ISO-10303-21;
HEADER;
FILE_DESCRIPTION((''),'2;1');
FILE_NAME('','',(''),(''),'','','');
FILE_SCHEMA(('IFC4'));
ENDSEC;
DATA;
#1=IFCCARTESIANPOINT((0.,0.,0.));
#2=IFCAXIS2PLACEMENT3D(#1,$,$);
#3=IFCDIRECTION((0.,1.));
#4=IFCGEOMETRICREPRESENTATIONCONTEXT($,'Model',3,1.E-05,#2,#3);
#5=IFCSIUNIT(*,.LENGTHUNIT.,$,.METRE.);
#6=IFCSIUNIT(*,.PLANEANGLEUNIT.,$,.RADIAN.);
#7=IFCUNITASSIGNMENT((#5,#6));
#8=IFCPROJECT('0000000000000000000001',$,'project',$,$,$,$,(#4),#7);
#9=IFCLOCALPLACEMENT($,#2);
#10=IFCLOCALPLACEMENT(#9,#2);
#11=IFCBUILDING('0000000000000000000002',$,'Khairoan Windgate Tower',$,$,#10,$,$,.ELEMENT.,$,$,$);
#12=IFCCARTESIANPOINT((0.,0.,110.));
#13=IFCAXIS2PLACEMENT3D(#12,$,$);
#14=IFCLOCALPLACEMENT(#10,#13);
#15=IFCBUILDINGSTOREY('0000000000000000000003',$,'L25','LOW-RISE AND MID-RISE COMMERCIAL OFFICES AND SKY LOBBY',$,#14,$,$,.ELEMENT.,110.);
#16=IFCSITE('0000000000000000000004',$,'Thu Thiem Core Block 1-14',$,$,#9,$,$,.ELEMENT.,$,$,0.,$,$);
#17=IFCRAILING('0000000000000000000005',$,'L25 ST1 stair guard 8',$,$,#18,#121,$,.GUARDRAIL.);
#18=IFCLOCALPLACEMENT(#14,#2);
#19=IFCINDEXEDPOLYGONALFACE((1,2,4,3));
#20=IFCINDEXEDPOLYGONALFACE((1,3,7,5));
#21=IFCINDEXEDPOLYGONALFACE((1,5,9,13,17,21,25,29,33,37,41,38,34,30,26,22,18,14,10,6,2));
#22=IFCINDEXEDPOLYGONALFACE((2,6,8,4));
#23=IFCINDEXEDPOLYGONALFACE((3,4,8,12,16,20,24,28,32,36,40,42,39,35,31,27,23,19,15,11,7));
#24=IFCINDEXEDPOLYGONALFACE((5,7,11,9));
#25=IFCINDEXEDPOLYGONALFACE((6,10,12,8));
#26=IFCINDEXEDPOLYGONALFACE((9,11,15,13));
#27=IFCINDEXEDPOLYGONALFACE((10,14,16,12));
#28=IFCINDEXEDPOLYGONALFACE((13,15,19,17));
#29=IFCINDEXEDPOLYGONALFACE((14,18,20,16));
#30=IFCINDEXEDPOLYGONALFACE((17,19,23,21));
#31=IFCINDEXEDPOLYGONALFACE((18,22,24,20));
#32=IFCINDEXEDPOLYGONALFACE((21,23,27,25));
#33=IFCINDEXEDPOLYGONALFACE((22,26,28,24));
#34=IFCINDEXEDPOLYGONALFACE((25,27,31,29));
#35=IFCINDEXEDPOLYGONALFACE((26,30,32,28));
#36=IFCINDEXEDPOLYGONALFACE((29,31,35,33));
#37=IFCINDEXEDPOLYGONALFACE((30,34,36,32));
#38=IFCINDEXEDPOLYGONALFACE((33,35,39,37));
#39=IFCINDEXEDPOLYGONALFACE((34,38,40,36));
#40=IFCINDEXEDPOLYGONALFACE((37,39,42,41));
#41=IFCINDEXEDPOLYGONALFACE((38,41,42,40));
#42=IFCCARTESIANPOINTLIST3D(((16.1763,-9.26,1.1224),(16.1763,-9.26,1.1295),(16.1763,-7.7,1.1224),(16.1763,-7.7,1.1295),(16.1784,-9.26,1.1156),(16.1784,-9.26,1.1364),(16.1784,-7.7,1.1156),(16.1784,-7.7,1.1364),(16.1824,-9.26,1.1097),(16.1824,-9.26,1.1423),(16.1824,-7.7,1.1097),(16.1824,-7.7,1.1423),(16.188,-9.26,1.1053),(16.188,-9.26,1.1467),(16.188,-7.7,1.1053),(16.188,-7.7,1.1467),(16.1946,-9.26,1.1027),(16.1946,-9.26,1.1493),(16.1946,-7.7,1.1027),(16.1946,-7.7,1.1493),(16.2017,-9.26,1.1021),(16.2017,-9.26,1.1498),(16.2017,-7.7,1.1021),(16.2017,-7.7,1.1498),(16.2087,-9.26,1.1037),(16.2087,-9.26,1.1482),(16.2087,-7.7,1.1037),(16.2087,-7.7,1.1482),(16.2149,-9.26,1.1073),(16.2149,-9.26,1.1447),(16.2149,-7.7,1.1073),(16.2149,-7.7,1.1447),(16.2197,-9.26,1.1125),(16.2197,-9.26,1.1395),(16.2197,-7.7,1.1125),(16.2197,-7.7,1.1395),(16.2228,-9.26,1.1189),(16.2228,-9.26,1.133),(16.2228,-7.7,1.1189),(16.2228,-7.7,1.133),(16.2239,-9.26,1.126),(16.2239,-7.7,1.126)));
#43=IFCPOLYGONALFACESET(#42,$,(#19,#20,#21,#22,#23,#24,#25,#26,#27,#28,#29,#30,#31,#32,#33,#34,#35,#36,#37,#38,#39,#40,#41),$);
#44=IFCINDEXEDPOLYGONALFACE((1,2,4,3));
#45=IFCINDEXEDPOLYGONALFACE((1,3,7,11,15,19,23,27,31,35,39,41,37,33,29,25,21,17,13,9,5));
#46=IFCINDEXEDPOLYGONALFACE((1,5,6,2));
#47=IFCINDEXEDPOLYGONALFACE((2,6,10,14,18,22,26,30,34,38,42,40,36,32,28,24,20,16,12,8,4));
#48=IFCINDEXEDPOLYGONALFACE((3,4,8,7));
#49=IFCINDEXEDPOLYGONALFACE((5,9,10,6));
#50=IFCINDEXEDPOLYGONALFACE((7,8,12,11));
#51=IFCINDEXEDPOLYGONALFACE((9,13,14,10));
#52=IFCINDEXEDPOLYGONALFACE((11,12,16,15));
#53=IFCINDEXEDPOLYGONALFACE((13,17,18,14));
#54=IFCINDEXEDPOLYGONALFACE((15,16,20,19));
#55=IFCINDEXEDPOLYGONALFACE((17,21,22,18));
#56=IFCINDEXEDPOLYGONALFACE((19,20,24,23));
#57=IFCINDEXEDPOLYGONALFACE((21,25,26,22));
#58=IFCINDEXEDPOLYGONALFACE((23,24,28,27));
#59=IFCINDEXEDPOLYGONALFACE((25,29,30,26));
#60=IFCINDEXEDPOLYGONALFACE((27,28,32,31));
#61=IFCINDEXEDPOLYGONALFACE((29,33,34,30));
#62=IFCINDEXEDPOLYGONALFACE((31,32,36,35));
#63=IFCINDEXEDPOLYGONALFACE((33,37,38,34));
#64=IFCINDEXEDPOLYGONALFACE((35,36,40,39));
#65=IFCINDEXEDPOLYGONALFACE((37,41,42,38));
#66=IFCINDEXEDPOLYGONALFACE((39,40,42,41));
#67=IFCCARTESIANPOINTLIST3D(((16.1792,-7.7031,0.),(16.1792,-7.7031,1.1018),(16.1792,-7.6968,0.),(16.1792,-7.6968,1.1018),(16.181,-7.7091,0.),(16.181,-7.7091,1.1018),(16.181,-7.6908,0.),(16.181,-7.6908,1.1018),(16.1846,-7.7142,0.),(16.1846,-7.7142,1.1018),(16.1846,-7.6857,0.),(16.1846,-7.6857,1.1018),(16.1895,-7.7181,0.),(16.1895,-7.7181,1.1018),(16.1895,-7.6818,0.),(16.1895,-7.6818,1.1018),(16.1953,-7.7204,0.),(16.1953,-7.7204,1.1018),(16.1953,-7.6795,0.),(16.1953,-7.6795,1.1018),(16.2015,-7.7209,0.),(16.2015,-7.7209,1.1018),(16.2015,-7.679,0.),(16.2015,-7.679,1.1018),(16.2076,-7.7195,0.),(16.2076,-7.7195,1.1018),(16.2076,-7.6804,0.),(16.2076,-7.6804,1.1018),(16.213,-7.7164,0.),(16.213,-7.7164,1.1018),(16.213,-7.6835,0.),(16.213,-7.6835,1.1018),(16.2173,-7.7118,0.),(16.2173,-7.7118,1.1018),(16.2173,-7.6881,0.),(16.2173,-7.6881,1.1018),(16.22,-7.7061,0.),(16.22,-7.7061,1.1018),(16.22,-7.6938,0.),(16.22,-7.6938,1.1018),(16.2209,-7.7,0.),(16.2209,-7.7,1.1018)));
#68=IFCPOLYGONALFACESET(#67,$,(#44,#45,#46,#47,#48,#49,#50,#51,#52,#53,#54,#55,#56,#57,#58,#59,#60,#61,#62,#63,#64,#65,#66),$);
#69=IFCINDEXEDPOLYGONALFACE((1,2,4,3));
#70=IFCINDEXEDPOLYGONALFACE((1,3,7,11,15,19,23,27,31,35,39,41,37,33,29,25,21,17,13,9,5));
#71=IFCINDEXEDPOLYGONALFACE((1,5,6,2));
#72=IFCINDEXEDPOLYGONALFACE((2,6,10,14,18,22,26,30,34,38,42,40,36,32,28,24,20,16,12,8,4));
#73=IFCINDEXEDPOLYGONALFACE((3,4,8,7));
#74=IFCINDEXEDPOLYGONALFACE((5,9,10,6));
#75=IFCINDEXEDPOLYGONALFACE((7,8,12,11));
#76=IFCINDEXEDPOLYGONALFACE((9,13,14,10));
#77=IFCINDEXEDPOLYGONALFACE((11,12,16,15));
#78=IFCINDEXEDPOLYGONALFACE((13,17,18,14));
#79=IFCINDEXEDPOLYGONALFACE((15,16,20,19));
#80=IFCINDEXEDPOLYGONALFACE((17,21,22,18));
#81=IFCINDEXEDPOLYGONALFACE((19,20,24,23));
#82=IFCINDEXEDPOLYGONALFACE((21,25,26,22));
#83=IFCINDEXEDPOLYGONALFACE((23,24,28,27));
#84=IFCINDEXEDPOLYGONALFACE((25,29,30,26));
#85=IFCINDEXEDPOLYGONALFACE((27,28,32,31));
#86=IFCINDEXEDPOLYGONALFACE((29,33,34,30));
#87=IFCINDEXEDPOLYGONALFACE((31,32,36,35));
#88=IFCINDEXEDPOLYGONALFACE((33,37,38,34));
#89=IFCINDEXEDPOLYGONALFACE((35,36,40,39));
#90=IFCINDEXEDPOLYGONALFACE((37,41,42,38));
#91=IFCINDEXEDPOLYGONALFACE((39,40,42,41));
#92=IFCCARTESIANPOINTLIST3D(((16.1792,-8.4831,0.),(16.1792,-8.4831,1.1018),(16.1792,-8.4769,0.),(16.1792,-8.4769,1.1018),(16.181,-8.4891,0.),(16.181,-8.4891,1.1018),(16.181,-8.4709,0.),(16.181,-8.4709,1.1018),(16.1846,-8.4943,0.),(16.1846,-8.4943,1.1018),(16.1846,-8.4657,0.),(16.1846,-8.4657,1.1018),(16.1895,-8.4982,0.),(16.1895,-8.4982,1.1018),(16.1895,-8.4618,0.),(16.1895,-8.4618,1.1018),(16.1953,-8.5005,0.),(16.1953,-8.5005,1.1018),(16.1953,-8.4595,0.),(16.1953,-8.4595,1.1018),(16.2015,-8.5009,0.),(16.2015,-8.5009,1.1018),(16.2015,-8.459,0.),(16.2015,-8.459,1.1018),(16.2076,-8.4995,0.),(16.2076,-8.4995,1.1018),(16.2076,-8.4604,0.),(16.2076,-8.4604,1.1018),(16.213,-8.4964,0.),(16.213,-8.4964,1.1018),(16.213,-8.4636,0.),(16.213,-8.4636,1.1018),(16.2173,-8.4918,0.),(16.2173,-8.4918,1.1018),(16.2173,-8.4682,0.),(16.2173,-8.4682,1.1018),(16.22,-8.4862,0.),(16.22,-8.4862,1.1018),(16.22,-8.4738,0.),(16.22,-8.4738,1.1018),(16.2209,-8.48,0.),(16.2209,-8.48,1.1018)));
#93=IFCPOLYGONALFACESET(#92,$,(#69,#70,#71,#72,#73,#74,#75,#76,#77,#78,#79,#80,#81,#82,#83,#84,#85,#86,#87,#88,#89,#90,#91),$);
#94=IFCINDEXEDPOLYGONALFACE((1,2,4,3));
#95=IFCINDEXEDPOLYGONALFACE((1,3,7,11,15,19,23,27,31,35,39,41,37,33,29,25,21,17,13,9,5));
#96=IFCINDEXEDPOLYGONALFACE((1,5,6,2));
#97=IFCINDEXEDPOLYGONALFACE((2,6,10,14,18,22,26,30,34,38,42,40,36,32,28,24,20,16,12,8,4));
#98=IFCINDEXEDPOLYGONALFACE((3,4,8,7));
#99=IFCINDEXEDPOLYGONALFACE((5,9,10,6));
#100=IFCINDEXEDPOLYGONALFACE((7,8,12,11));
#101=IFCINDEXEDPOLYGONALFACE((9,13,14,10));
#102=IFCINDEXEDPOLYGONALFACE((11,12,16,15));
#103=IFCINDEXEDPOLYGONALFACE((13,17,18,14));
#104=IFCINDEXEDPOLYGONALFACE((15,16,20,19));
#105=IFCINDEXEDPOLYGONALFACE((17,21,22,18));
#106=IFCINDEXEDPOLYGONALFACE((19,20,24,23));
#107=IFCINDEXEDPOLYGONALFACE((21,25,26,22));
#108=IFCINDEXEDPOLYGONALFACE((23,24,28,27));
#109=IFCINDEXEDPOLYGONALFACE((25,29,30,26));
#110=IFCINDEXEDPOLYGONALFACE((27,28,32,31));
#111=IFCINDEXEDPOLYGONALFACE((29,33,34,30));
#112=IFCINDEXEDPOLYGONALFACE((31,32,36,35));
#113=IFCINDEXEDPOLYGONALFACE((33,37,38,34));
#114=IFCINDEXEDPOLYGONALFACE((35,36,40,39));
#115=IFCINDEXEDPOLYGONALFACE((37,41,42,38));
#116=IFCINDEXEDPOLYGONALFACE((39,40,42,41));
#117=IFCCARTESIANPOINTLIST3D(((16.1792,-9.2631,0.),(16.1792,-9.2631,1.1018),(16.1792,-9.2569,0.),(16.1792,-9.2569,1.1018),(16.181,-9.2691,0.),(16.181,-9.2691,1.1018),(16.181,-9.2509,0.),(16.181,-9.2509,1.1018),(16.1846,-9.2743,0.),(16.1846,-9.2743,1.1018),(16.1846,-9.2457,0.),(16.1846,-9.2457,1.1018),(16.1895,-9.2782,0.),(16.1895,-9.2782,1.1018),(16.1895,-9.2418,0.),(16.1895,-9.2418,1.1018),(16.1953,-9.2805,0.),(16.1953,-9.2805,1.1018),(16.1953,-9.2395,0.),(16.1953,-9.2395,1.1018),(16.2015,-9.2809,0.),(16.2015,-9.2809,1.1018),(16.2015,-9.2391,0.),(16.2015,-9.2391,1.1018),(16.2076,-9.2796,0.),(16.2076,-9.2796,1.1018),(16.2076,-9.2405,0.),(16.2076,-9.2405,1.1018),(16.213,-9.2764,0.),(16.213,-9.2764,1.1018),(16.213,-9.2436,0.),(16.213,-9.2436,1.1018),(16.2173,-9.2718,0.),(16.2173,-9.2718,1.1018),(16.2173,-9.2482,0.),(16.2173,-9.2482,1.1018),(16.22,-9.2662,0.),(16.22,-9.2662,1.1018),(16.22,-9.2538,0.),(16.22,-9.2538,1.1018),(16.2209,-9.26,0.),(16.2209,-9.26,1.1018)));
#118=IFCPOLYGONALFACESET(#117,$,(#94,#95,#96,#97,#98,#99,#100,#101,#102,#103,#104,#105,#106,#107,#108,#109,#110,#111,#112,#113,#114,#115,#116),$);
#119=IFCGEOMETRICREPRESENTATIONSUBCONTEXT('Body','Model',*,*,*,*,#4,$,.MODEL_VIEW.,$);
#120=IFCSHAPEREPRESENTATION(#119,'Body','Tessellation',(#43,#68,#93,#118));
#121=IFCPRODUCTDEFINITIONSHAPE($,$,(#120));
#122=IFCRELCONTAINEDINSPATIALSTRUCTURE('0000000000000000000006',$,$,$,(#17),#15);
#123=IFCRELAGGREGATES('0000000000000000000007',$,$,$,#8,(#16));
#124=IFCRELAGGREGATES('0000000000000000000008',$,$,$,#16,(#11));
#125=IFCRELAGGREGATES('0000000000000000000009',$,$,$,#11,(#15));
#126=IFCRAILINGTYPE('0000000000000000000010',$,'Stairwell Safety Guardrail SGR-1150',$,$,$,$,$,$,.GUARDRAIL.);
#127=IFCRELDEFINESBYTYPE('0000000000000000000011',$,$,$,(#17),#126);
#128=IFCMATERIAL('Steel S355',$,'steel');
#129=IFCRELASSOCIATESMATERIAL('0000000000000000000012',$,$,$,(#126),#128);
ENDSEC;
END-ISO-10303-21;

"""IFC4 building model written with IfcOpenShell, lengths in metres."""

from ifc_helpers import new_model, si_unit, direction, frame, origin, origin_2d, place, context, subcontext, project, spatial, circle, extrude, material, type_object, element, save


model = new_model("IFC4")

# Units and contexts
model_context = context("Model", 3, precision=1e-05, world=origin(), true_north=direction((0.0, 1.0)))
body_context = subcontext(model_context, "Body", "Model", "MODEL_VIEW")
ifc_project = project(units=[si_unit("LENGTHUNIT", "METRE"), si_unit("PLANEANGLEUNIT", "RADIAN")], contexts=[model_context])

# Site, building, storey
site_placement = place(None, origin())
site = spatial("IfcSite", under=ifc_project, at=site_placement, Name="Thu Thiem Core Block 1-14", CompositionType="ELEMENT", RefElevation=0.0)
building_placement = place(site_placement, origin())
building = spatial("IfcBuilding", under=site, at=building_placement, Name="Khairoan Windgate Tower", CompositionType="ELEMENT")
storey_placement = place(building_placement, frame((0.0, 0.0, 110.0)))
storey = spatial("IfcBuildingStorey", under=building, at=storey_placement, Name="L25", Description="LOW-RISE AND MID-RISE COMMERCIAL OFFICES AND SKY LOBBY", CompositionType="ELEMENT", Elevation=110.0)

# Railing
ifc_material_1 = material(Name="Steel S355", Category="steel")
railing_type_1 = type_object("IfcRailingType", Name="Stairwell Safety Guardrail SGR-1150", PredefinedType="GUARDRAIL", material=ifc_material_1)
railing_1_placement = place(storey_placement, frame((16.2, -7.7, 0.0)))
element("IfcRailing", 1, at=railing_1_placement, inside=storey, type_object=railing_type_1, Name="L25 ST1 stair guard 8", PredefinedType="GUARDRAIL", context=body_context, shape_type="SweptSolid", body=[
    extrude(circle(Radius=0.0239, at=origin_2d()), frame((0.0, 0.0, 1.126), z_axis=(0.0, -1.0, 0.0), x_axis=(1.0, 0.0, 0.0)), (0.0, 0.0, 1.0), 1.5601),
    extrude(circle(Radius=0.021, at=origin_2d()), origin(), (0.0, 0.0, 1.0), 1.1018),
    extrude(circle(Radius=0.021, at=origin_2d()), frame((0.0, -0.78, 0.0)), (0.0, 0.0, 1.0), 1.1018),
    extrude(circle(Radius=0.021, at=origin_2d()), frame((0.0, -1.5601, 0.0)), (0.0, 0.0, 1.0), 1.1018),
])

save(model, "model.ifc")
